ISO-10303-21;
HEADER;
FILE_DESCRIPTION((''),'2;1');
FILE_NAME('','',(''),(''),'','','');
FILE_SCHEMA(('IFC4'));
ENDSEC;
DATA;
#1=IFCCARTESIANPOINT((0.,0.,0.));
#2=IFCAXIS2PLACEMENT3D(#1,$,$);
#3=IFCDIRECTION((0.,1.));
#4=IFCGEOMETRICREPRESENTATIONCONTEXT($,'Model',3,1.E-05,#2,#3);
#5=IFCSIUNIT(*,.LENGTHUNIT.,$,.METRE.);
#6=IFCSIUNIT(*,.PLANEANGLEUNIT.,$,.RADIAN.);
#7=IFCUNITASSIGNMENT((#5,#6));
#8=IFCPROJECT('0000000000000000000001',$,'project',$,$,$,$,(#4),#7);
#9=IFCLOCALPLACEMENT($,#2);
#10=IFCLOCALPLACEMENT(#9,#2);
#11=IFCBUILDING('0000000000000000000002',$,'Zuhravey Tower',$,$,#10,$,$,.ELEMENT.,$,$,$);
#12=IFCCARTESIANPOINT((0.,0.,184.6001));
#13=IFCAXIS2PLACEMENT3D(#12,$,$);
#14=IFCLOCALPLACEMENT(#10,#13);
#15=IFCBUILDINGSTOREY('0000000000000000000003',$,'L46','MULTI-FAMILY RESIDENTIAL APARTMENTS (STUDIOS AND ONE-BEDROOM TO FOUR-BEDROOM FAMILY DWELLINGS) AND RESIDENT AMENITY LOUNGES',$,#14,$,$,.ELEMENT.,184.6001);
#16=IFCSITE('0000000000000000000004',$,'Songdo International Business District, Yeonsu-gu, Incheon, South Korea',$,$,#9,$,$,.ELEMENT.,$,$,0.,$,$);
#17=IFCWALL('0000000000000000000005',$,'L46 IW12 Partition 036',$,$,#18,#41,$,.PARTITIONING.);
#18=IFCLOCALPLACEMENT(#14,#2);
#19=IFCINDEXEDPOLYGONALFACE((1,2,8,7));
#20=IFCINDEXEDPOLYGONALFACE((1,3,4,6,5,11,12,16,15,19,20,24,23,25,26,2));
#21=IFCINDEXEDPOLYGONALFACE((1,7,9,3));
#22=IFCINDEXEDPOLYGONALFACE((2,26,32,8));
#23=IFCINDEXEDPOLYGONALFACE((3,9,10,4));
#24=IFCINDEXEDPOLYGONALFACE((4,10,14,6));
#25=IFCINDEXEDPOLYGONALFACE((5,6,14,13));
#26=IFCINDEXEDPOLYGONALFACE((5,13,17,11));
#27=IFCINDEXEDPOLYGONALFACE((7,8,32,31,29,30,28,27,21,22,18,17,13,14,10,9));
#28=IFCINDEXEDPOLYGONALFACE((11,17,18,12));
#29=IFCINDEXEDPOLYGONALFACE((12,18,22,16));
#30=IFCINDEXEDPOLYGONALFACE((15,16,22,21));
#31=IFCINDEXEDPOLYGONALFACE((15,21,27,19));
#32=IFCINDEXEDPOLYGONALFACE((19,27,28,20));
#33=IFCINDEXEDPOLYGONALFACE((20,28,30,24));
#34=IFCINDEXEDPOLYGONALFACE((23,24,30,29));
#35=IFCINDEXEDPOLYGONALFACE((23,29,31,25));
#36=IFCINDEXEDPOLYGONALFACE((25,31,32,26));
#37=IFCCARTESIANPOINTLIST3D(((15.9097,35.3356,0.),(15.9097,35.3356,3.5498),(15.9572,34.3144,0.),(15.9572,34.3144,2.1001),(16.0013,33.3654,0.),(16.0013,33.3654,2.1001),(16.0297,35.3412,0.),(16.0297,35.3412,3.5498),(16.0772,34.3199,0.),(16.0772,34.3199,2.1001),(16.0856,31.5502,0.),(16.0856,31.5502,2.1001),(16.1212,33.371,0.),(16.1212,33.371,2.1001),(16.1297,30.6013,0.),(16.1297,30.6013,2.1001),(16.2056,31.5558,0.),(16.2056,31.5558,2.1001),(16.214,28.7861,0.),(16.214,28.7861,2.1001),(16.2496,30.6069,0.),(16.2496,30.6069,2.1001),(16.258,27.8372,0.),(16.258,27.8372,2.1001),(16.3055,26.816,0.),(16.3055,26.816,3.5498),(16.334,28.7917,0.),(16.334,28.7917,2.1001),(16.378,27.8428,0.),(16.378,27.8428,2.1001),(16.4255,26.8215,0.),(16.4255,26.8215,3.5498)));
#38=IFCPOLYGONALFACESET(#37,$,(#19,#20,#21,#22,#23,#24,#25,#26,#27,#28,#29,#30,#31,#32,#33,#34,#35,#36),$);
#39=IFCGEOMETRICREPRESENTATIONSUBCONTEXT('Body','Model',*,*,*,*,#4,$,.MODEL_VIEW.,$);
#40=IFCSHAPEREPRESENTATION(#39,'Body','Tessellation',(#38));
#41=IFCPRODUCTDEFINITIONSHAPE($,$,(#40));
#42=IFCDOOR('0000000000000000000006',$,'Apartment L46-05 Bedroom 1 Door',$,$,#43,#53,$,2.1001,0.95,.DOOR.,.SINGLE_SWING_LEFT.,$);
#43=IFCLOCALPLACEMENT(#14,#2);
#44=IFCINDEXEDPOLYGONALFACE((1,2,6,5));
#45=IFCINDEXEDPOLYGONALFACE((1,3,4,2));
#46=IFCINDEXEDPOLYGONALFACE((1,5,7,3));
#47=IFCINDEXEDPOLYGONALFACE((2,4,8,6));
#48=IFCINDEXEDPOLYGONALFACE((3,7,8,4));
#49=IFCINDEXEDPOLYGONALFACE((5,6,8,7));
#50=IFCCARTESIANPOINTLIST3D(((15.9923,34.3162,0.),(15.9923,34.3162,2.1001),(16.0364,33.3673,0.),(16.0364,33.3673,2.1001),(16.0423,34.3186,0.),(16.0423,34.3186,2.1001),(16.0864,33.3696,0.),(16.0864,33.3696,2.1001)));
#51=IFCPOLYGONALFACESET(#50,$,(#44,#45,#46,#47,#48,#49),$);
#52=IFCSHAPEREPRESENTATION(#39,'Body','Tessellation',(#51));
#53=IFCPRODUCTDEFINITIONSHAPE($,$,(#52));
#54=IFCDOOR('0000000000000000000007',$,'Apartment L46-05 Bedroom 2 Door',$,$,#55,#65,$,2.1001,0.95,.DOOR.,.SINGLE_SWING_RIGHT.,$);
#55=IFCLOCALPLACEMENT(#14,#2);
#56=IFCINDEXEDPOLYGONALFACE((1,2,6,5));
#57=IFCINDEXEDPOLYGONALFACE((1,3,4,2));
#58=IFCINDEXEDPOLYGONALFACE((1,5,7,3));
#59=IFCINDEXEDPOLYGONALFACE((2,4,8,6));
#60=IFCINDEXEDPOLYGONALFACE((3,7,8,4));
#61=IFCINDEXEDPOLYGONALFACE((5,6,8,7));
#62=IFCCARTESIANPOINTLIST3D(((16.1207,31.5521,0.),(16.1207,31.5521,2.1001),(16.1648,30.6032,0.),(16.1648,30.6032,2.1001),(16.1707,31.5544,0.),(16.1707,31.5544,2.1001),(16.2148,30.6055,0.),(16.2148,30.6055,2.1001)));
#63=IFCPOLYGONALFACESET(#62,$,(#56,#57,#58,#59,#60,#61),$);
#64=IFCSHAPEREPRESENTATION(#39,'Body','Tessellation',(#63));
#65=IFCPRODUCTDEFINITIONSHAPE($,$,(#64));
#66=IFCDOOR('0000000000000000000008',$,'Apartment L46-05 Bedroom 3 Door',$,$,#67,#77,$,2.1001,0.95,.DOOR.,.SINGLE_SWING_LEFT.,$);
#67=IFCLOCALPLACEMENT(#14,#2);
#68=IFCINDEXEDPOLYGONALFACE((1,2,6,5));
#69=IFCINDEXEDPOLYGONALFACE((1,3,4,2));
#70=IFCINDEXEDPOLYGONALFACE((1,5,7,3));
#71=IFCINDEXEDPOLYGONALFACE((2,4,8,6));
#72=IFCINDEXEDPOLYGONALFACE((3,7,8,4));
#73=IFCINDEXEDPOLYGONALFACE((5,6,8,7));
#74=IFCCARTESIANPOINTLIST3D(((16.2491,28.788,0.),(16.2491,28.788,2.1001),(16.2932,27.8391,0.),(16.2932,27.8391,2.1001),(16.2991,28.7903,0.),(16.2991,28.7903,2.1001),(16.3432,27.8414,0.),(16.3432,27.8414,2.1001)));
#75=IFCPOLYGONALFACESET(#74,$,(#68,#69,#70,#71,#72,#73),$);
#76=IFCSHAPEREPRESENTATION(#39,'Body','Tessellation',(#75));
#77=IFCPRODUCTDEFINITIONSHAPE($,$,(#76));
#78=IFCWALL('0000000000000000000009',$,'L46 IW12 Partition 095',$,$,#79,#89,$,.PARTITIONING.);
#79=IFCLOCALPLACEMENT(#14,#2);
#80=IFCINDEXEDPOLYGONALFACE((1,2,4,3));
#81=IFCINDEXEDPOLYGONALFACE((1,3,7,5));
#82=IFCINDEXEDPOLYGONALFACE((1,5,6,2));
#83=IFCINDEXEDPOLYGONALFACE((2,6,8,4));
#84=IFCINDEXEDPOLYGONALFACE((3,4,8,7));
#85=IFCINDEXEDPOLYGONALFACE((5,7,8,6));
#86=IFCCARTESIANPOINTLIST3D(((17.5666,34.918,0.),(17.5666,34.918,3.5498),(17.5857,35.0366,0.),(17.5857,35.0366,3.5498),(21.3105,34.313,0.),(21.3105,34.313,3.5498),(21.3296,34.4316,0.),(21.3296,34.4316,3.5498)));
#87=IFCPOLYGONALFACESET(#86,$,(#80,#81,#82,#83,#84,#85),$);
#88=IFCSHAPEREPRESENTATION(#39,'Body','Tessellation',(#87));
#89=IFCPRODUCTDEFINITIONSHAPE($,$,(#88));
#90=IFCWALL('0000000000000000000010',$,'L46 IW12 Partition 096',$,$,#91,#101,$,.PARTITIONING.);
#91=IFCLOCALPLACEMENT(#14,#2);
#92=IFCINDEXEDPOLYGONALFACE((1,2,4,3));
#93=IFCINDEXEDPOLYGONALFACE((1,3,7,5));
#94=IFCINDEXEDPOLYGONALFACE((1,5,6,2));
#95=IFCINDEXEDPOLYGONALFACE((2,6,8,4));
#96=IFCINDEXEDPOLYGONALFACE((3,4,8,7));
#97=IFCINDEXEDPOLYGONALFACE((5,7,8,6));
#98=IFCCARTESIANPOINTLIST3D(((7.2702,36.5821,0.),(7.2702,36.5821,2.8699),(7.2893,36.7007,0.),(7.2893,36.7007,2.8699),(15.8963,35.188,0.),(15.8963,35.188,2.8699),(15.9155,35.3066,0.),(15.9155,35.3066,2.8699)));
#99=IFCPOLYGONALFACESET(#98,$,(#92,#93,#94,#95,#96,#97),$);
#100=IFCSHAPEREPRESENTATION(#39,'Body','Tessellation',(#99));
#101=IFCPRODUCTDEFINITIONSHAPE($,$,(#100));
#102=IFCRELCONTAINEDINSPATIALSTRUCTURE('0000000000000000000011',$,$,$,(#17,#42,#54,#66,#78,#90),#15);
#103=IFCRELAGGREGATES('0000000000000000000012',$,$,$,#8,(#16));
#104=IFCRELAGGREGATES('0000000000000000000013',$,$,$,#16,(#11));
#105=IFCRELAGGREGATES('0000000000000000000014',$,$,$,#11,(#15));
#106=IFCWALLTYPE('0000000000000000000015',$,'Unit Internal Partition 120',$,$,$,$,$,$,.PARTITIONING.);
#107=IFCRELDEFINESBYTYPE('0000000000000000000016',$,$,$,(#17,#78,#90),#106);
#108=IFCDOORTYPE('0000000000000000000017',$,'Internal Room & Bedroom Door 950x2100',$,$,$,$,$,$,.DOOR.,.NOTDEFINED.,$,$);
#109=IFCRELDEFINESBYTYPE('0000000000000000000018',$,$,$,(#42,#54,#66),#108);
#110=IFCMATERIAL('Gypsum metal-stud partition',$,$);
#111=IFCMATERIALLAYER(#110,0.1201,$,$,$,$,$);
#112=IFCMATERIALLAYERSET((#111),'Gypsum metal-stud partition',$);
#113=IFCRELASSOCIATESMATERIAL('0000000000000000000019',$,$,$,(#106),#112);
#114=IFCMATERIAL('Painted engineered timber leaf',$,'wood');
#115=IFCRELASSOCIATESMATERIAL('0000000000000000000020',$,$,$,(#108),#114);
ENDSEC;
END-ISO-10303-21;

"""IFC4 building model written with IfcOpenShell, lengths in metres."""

from ifc_helpers import new_model, si_unit, direction, frame, frame_2d, origin, place, context, subcontext, project, spatial, rectangle, extrude, material, layer, layer_set, type_object, element, fill, save


model = new_model("IFC4")

# Units and contexts
model_context = context("Model", 3, precision=1e-05, world=origin(), true_north=direction((0.0, 1.0)))
body_context = subcontext(model_context, "Body", "Model", "MODEL_VIEW")
ifc_project = project(units=[si_unit("LENGTHUNIT", "METRE"), si_unit("PLANEANGLEUNIT", "RADIAN")], contexts=[model_context])

# Site, building, storey
site_placement = place(None, origin())
site = spatial("IfcSite", under=ifc_project, at=site_placement, Name="Songdo International Business District, Yeonsu-gu, Incheon, South Korea", CompositionType="ELEMENT", RefElevation=0.0)
building_placement = place(site_placement, origin())
building = spatial("IfcBuilding", under=site, at=building_placement, Name="Zuhravey Tower", CompositionType="ELEMENT")
storey_placement = place(building_placement, frame((0.0, 0.0, 184.6001)))
storey = spatial("IfcBuildingStorey", under=building, at=storey_placement, Name="L46", Description="MULTI-FAMILY RESIDENTIAL APARTMENTS (STUDIOS AND ONE-BEDROOM TO FOUR-BEDROOM FAMILY DWELLINGS) AND RESIDENT AMENITY LOUNGES", CompositionType="ELEMENT", Elevation=184.6001)

# Wall, openings, doors
ifc_material_1 = material(Name="Gypsum metal-stud partition")
ifc_layer_1 = layer(ifc_material_1, 0.1201)
ifc_layer_set_1 = layer_set([ifc_layer_1], Name="Gypsum metal-stud partition")
wall_type_1 = type_object("IfcWallType", Name="Unit Internal Partition 120", PredefinedType="PARTITIONING", material=ifc_layer_set_1)
ifc_material_2 = material(Name="Painted engineered timber leaf", Category="wood")
door_type_1 = type_object("IfcDoorType", Name="Internal Room & Bedroom Door 950x2100", OperationType="NOTDEFINED", PredefinedType="DOOR", material=ifc_material_2)
wall_1_placement = place(storey_placement, frame((15.9697, 35.3384, 0.0), z_axis=(0.0, 0.0, 1.0), x_axis=(0.046402, -0.998923, 0.0)))
wall_1 = element("IfcWall", 1, at=wall_1_placement, inside=storey, type_object=wall_type_1, Name="L46 IW12 Partition 036", PredefinedType="PARTITIONING", context=body_context, shape_type="SweptSolid", body=[
    extrude(rectangle(XDim=8.5288, YDim=0.1201, at=frame_2d((4.2644, 0.0))), origin(), (0.0, 0.0, 1.0), 3.5498),
])
opening_1_placement = place(wall_1_placement, frame((1.0222, 0.0, 0.0)))
opening_1 = element("IfcOpeningElement", 2, at=opening_1_placement, cuts=wall_1, PredefinedType="OPENING", context=body_context, shape_type="SweptSolid", body=[
    extrude(rectangle(XDim=0.95, YDim=2.1001, at=frame_2d((0.4751, 1.05))), frame((0.0, 0.072, 0.0), z_axis=(0.0, -1.0, 0.0), x_axis=(1.0, 0.0, 0.0)), (0.0, 0.0, 1.0), 0.144),
])
opening_2_placement = place(wall_1_placement, frame((3.7893, 0.0, 0.0)))
opening_2 = element("IfcOpeningElement", 3, at=opening_2_placement, cuts=wall_1, PredefinedType="OPENING", context=body_context, shape_type="SweptSolid", body=[
    extrude(rectangle(XDim=0.95, YDim=2.1001, at=frame_2d((0.4751, 1.05))), frame((0.0, 0.072, 0.0), z_axis=(0.0, -1.0, 0.0), x_axis=(1.0, 0.0, 0.0)), (0.0, 0.0, 1.0), 0.144),
])
opening_3_placement = place(wall_1_placement, frame((6.5564, 0.0, 0.0)))
opening_3 = element("IfcOpeningElement", 4, at=opening_3_placement, cuts=wall_1, PredefinedType="OPENING", context=body_context, shape_type="SweptSolid", body=[
    extrude(rectangle(XDim=0.95, YDim=2.1001, at=frame_2d((0.4751, 1.05))), frame((0.0, 0.072, 0.0), z_axis=(0.0, -1.0, 0.0), x_axis=(1.0, 0.0, 0.0)), (0.0, 0.0, 1.0), 0.144),
])
door_1_placement = place(opening_1_placement, frame((0.95, 0.0, 0.0), z_axis=(0.0, 0.0, 1.0), x_axis=(-1.0, 0.0, 0.0)))
door_1 = element("IfcDoor", 5, at=door_1_placement, inside=storey, type_object=door_type_1, Name="Apartment L46-05 Bedroom 1 Door", OperationType="SINGLE_SWING_LEFT", OverallHeight=2.1001, OverallWidth=0.95, PredefinedType="DOOR", context=body_context, shape_type="SweptSolid", body=[
    extrude(rectangle(XDim=0.95, YDim=2.1001, at=frame_2d((0.4751, 1.05))), frame((0.0, 0.0249, 0.0), z_axis=(0.0, -1.0, 0.0), x_axis=(1.0, 0.0, 0.0)), (0.0, 0.0, 1.0), 0.05),
])
fill(opening_1, door_1)
door_2_placement = place(opening_2_placement, frame((0.95, 0.0, 0.0), z_axis=(0.0, 0.0, 1.0), x_axis=(-1.0, 0.0, 0.0)))
door_2 = element("IfcDoor", 6, at=door_2_placement, inside=storey, type_object=door_type_1, Name="Apartment L46-05 Bedroom 2 Door", OperationType="SINGLE_SWING_RIGHT", OverallHeight=2.1001, OverallWidth=0.95, PredefinedType="DOOR", context=body_context, shape_type="SweptSolid", body=[
    extrude(rectangle(XDim=0.95, YDim=2.1001, at=frame_2d((0.4751, 1.05))), frame((0.0, 0.0249, 0.0), z_axis=(0.0, -1.0, 0.0), x_axis=(1.0, 0.0, 0.0)), (0.0, 0.0, 1.0), 0.05),
])
fill(opening_2, door_2)
door_3_placement = place(opening_3_placement, frame((0.95, 0.0, 0.0), z_axis=(0.0, 0.0, 1.0), x_axis=(-1.0, 0.0, 0.0)))
door_3 = element("IfcDoor", 7, at=door_3_placement, inside=storey, type_object=door_type_1, Name="Apartment L46-05 Bedroom 3 Door", OperationType="SINGLE_SWING_LEFT", OverallHeight=2.1001, OverallWidth=0.95, PredefinedType="DOOR", context=body_context, shape_type="SweptSolid", body=[
    extrude(rectangle(XDim=0.95, YDim=2.1001, at=frame_2d((0.4751, 1.05))), frame((0.0, 0.0249, 0.0), z_axis=(0.0, -1.0, 0.0), x_axis=(1.0, 0.0, 0.0)), (0.0, 0.0, 1.0), 0.05),
])
fill(opening_3, door_3)

# Walls
wall_2_placement = place(storey_placement, frame((21.3201, 34.3723, 0.0), z_axis=(0.0, 0.0, 1.0), x_axis=(-0.987194, 0.159522, 0.0)))
element("IfcWall", 8, at=wall_2_placement, inside=storey, type_object=wall_type_1, Name="L46 IW12 Partition 095", PredefinedType="PARTITIONING", context=body_context, shape_type="SweptSolid", body=[
    extrude(rectangle(XDim=3.7925, YDim=0.1201, at=frame_2d((1.8962, 0.0))), origin(), (0.0, 0.0, 1.0), 3.5498),
])
wall_3_placement = place(storey_placement, frame((15.906, 35.2473, 0.0), z_axis=(0.0, 0.0, 1.0), x_axis=(-0.987192, 0.159535, 0.0)))
element("IfcWall", 9, at=wall_3_placement, inside=storey, type_object=wall_type_1, Name="L46 IW12 Partition 096", PredefinedType="PARTITIONING", context=body_context, shape_type="SweptSolid", body=[
    extrude(rectangle(XDim=8.738, YDim=0.1201, at=frame_2d((4.3691, 0.0))), origin(), (0.0, 0.0, 1.0), 2.8699),
])

save(model, "model.ifc")
